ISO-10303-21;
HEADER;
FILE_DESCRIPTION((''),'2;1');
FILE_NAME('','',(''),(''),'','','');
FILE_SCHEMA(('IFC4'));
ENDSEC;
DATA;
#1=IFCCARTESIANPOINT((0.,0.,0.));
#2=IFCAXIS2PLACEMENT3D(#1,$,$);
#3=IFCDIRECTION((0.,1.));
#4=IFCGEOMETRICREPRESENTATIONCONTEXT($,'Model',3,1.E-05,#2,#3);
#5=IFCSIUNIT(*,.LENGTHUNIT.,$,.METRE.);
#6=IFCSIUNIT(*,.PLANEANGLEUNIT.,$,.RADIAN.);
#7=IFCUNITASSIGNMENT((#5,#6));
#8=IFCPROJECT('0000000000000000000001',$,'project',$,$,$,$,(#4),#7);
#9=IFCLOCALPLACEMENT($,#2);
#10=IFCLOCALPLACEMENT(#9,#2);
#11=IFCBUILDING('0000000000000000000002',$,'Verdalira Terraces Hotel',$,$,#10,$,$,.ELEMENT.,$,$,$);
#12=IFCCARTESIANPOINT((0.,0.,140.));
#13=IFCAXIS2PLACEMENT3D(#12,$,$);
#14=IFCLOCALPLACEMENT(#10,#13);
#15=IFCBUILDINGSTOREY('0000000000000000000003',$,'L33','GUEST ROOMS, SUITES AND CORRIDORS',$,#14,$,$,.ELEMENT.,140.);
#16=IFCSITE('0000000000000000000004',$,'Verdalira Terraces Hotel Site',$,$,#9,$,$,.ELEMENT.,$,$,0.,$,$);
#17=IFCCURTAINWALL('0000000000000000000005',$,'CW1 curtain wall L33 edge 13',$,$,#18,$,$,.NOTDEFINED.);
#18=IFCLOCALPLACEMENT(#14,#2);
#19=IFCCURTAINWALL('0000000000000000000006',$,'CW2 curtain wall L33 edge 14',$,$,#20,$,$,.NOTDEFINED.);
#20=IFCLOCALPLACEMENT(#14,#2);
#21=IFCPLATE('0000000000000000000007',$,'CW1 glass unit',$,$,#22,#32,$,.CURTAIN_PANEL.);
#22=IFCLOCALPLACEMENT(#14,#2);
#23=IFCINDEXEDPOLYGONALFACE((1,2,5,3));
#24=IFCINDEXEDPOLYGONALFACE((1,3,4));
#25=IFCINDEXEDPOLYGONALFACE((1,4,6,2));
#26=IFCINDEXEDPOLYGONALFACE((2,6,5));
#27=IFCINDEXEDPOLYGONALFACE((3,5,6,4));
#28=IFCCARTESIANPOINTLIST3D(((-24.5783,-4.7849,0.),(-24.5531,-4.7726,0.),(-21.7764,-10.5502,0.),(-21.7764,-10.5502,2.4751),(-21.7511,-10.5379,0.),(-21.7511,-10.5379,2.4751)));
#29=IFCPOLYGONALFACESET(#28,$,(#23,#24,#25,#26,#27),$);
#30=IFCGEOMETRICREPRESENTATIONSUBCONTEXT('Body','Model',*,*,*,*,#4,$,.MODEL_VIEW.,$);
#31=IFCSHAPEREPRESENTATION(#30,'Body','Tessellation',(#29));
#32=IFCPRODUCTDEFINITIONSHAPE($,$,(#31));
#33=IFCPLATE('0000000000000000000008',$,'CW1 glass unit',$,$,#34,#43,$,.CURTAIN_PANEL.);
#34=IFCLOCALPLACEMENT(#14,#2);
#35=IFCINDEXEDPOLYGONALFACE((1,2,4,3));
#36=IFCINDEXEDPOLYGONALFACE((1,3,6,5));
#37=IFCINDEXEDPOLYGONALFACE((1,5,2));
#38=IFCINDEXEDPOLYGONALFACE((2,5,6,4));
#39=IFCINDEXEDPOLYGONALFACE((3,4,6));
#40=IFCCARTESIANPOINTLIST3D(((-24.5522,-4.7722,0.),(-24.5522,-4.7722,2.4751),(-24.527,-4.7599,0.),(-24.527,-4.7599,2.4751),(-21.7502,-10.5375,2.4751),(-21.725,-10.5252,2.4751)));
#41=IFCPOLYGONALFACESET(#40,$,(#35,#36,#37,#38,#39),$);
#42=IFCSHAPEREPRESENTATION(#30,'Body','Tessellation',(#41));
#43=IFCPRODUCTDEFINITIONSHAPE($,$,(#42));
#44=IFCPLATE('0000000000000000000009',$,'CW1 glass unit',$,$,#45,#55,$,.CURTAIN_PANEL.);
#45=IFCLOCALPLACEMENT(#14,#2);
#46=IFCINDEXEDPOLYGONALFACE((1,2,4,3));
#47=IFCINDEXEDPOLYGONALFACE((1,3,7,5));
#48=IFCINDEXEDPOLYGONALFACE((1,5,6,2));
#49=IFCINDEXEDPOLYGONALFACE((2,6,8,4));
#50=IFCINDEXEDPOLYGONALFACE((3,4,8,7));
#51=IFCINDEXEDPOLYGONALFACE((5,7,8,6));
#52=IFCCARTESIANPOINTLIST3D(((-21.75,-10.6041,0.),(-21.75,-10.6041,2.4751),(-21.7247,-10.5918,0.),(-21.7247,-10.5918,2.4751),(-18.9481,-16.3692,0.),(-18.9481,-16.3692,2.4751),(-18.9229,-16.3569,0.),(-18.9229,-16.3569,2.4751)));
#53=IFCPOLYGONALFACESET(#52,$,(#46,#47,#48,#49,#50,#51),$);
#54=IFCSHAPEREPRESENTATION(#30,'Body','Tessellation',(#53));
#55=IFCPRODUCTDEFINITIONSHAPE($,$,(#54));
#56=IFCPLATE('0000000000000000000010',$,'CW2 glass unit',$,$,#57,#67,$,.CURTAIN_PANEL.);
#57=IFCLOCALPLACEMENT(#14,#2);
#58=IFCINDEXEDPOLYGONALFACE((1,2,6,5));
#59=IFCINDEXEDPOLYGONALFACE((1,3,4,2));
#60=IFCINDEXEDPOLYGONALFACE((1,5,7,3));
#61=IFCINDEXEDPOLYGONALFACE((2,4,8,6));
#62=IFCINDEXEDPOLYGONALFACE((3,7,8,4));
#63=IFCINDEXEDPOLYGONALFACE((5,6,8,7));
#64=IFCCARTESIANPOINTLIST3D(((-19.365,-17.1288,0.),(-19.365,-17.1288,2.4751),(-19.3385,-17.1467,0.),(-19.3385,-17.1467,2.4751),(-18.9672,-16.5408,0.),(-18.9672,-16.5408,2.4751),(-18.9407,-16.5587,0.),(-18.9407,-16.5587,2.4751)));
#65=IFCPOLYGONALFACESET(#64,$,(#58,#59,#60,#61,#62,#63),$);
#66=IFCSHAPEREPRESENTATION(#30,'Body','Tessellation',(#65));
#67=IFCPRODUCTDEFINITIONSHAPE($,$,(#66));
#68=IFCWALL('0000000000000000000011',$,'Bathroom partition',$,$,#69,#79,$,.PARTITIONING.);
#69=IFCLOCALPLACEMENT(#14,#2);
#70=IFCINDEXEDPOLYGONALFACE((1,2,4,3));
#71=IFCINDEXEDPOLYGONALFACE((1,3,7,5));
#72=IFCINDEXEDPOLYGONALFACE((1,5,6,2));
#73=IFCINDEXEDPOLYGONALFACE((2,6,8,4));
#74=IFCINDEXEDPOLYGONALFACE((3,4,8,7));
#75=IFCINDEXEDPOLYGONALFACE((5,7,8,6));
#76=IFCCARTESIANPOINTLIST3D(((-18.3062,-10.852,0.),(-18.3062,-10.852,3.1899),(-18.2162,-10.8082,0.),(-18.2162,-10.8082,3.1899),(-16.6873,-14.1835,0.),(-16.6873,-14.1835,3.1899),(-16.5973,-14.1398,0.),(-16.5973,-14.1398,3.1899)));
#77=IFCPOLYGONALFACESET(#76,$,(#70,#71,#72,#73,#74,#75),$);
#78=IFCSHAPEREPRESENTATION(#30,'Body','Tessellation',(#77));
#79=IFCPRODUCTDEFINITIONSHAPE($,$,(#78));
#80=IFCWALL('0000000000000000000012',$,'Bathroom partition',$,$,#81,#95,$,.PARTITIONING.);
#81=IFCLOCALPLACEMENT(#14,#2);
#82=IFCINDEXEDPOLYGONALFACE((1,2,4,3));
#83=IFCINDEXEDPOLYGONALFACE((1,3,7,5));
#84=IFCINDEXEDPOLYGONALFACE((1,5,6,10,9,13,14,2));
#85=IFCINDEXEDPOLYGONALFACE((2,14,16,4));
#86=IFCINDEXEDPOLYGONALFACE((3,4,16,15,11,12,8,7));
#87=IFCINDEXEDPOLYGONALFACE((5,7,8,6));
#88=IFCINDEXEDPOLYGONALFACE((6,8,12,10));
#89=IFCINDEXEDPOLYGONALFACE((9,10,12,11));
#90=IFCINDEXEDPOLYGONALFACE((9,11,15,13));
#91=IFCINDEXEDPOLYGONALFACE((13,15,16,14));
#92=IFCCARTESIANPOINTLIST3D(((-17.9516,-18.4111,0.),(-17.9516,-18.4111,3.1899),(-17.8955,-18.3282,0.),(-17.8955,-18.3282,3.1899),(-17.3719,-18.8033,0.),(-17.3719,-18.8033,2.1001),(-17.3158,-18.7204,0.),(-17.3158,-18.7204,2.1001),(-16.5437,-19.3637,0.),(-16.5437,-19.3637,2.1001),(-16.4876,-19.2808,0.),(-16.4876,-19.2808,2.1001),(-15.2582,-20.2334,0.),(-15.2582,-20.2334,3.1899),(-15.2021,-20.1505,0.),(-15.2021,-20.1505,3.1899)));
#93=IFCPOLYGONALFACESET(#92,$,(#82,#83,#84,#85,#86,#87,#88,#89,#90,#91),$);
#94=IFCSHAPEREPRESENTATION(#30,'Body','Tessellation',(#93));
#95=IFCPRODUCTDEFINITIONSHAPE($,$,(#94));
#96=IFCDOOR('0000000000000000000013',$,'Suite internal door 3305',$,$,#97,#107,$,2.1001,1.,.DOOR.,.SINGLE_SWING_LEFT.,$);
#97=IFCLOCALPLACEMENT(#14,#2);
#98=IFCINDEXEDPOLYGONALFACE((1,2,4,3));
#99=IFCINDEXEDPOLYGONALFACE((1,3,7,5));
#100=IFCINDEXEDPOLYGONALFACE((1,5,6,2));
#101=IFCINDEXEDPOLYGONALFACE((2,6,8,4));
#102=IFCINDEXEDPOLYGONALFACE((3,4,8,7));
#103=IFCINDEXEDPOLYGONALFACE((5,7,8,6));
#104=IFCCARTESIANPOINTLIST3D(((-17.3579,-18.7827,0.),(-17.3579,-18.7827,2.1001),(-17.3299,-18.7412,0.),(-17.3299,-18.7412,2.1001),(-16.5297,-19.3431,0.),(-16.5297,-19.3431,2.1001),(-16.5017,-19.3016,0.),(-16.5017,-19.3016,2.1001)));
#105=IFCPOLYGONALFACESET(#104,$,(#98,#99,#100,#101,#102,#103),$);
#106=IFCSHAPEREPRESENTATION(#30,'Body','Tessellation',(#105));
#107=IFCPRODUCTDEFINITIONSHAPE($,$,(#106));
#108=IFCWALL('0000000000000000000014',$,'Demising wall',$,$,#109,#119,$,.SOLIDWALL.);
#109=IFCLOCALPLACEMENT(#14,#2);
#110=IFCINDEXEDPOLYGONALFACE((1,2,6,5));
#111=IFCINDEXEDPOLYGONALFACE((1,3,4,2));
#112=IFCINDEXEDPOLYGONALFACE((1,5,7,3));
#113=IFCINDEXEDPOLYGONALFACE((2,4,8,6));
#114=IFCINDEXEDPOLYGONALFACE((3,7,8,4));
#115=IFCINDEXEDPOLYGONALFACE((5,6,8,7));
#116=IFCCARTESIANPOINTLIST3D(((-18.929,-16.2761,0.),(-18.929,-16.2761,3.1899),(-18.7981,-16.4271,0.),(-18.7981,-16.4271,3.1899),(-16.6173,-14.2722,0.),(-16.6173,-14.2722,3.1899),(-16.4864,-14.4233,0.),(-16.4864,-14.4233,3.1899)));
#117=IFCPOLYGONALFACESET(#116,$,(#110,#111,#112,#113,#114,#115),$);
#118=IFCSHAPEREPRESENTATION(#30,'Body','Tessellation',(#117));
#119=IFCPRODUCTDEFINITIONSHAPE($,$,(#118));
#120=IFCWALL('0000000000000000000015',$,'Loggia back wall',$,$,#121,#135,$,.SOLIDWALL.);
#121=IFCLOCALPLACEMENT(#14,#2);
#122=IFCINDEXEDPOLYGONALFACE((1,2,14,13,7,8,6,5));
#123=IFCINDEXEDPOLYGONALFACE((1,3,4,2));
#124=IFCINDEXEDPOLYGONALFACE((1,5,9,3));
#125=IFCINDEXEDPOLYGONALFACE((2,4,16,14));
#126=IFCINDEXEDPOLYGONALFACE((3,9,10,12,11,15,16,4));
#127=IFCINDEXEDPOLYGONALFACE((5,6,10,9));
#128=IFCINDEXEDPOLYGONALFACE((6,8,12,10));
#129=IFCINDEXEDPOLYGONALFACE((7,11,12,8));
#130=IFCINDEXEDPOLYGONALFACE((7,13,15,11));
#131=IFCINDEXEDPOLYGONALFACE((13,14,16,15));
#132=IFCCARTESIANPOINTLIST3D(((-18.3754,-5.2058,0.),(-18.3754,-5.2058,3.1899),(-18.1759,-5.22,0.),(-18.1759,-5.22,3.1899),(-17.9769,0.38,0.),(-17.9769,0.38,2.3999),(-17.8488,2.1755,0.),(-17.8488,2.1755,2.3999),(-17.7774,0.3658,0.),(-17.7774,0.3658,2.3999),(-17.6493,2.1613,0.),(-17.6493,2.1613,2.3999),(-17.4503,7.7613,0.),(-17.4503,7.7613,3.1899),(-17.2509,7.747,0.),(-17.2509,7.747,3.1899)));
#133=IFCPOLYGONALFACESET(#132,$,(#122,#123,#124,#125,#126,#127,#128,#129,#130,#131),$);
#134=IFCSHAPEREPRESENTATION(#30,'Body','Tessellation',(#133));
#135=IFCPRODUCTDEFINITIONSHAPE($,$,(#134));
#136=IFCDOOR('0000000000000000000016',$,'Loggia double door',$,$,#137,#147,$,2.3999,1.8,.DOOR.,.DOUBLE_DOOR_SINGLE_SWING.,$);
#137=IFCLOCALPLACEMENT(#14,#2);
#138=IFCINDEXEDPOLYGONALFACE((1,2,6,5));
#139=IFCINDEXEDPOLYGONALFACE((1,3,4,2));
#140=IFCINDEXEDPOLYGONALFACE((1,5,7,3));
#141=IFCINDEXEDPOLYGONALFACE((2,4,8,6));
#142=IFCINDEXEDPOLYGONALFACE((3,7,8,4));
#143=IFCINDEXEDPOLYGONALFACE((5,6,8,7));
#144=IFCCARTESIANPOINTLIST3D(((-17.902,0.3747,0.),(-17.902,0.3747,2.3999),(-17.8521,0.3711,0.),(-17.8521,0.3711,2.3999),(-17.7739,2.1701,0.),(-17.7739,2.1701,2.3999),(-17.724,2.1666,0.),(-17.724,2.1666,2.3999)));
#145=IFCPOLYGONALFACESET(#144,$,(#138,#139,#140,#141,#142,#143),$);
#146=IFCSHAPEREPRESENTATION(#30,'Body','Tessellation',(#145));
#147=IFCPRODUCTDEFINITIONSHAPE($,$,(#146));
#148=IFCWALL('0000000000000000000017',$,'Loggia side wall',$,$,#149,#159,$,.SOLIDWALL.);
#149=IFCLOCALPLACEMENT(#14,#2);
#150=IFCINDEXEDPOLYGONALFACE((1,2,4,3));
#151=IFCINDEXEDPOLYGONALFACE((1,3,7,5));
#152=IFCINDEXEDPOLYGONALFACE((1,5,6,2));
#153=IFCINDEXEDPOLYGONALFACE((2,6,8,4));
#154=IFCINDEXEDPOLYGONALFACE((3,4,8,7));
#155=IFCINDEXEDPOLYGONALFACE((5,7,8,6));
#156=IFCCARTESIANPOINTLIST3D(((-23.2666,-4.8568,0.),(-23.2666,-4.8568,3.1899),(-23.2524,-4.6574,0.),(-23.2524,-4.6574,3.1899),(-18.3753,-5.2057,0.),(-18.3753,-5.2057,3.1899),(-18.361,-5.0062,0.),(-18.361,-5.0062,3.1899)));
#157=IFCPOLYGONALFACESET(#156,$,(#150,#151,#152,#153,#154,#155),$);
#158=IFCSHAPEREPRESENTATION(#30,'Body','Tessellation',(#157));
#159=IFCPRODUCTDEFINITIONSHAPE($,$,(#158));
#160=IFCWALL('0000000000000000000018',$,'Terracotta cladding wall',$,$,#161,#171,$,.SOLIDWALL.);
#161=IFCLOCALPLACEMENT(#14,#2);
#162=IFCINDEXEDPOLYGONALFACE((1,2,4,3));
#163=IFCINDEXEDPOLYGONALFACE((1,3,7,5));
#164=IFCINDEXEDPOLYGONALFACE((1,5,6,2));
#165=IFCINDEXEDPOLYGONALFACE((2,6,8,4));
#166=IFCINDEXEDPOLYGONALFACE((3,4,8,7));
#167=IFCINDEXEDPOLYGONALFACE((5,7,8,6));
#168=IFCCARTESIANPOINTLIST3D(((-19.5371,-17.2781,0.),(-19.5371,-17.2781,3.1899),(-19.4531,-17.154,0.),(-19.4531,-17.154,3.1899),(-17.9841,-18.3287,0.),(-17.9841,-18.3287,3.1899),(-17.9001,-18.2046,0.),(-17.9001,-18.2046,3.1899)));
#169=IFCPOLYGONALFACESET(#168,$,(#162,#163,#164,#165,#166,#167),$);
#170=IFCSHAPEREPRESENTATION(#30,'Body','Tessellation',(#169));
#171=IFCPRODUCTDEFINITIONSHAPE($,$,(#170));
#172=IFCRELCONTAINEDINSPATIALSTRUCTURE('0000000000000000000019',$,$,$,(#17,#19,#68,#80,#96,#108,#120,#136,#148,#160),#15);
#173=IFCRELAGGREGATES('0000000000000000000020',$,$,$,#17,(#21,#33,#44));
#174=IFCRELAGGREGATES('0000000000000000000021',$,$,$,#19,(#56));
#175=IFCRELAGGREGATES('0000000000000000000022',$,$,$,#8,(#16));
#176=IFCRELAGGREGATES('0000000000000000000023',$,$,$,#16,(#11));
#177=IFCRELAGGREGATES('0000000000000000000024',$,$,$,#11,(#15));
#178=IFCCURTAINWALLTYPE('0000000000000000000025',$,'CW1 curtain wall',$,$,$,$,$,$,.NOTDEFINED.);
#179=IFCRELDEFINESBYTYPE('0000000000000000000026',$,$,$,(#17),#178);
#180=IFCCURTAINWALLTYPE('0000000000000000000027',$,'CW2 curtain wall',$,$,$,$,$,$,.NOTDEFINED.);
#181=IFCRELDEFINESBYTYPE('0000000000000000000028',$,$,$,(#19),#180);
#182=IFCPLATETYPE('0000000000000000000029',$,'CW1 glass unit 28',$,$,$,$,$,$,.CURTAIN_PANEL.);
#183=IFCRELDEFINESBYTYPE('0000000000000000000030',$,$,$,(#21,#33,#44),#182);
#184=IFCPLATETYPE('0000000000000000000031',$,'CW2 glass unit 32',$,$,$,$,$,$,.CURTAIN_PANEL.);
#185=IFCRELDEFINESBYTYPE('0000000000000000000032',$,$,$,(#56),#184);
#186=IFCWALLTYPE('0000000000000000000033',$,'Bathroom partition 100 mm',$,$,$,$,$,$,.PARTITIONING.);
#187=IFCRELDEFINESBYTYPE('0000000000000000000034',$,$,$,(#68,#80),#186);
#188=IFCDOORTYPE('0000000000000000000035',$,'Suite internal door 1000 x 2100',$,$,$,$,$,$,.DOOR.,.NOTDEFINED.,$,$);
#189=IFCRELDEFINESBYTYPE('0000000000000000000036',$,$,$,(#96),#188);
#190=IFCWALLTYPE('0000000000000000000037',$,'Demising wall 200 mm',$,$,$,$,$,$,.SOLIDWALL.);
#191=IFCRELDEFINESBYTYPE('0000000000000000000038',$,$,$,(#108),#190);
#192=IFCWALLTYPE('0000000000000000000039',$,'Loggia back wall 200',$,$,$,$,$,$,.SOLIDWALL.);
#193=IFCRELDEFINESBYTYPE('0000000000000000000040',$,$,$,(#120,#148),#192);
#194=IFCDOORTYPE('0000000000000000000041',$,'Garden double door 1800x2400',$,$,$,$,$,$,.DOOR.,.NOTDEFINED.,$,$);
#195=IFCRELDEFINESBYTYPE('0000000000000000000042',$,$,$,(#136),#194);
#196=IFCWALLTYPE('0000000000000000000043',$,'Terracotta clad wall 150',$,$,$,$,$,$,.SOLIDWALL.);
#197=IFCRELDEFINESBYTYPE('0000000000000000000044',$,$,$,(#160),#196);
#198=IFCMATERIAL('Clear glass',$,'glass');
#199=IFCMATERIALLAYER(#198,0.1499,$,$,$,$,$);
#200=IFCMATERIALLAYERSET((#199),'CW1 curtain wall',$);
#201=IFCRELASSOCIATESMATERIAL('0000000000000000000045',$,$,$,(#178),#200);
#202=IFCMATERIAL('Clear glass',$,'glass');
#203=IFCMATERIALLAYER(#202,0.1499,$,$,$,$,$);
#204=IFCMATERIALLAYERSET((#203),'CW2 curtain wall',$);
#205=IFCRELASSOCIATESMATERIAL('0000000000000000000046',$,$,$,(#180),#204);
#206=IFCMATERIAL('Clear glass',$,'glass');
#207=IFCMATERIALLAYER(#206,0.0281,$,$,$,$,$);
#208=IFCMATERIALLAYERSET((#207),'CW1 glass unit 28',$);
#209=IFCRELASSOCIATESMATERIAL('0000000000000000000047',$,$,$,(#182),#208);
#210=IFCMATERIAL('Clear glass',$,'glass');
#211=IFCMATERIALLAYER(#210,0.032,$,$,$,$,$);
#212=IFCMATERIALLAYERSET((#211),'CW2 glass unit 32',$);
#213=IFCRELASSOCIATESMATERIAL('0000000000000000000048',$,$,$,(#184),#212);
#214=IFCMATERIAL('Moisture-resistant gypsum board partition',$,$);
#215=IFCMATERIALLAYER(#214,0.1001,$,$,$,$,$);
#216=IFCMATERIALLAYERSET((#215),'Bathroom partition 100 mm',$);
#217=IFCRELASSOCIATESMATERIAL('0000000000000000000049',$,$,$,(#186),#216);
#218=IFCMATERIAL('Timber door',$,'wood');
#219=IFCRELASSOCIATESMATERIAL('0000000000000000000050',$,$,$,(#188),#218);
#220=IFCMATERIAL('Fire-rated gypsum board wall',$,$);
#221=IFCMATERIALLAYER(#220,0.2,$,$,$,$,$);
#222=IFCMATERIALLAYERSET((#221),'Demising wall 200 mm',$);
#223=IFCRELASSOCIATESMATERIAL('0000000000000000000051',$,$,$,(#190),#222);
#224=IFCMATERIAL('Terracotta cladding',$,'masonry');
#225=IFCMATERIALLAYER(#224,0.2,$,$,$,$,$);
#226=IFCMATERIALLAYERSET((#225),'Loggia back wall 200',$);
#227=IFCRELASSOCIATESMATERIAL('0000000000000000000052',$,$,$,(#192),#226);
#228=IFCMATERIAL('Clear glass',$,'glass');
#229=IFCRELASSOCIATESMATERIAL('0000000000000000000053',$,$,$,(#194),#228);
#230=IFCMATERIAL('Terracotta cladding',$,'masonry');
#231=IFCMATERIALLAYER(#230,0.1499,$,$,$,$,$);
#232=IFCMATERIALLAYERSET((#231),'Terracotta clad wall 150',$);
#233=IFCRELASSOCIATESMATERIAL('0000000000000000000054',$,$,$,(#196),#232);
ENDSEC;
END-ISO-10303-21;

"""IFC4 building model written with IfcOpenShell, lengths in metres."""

from ifc_helpers import new_model, si_unit, direction, frame, frame_2d, origin, origin_2d, place, context, subcontext, project, spatial, polyline, rectangle, outline, extrude, material, layer, layer_set, type_object, element, fill, aggregate, save


model = new_model("IFC4")

# Units and contexts
model_context = context("Model", 3, precision=1e-05, world=origin(), true_north=direction((0.0, 1.0)))
body_context = subcontext(model_context, "Body", "Model", "MODEL_VIEW")
ifc_project = project(units=[si_unit("LENGTHUNIT", "METRE"), si_unit("PLANEANGLEUNIT", "RADIAN")], contexts=[model_context])

# Site, building, storey
site_placement = place(None, origin())
site = spatial("IfcSite", under=ifc_project, at=site_placement, Name="Verdalira Terraces Hotel Site", CompositionType="ELEMENT", RefElevation=0.0)
building_placement = place(site_placement, origin())
building = spatial("IfcBuilding", under=site, at=building_placement, Name="Verdalira Terraces Hotel", CompositionType="ELEMENT")
storey_placement = place(building_placement, frame((0.0, 0.0, 140.0)))
storey = spatial("IfcBuildingStorey", under=building, at=storey_placement, Name="L33", Description="GUEST ROOMS, SUITES AND CORRIDORS", CompositionType="ELEMENT", Elevation=140.0)

# Curtain walls
ifc_material_1 = material(Name="Clear glass", Category="glass")
ifc_layer_1 = layer(ifc_material_1, 0.1499)
ifc_layer_set_1 = layer_set([ifc_layer_1], Name="CW1 curtain wall")
curtain_wall_type_1 = type_object("IfcCurtainWallType", Name="CW1 curtain wall", PredefinedType="NOTDEFINED", material=ifc_layer_set_1)
curtain_wall_1_placement = place(storey_placement, origin())
curtain_wall_1 = element("IfcCurtainWall", 1, at=curtain_wall_1_placement, inside=storey, type_object=curtain_wall_type_1, Name="CW1 curtain wall L33 edge 13", PredefinedType="NOTDEFINED")
ifc_material_2 = material(Name="Clear glass", Category="glass")
ifc_layer_2 = layer(ifc_material_2, 0.1499)
ifc_layer_set_2 = layer_set([ifc_layer_2], Name="CW2 curtain wall")
curtain_wall_type_2 = type_object("IfcCurtainWallType", Name="CW2 curtain wall", PredefinedType="NOTDEFINED", material=ifc_layer_set_2)
curtain_wall_2_placement = place(storey_placement, origin())
curtain_wall_2 = element("IfcCurtainWall", 2, at=curtain_wall_2_placement, inside=storey, type_object=curtain_wall_type_2, Name="CW2 curtain wall L33 edge 14", PredefinedType="NOTDEFINED")

# Plates
ifc_material_3 = material(Name="Clear glass", Category="glass")
ifc_layer_3 = layer(ifc_material_3, 0.0281)
ifc_layer_set_3 = layer_set([ifc_layer_3], Name="CW1 glass unit 28")
plate_type_1 = type_object("IfcPlateType", Name="CW1 glass unit 28", PredefinedType="CURTAIN_PANEL", material=ifc_layer_set_3)
plate_1_placement = place(storey_placement, frame((-23.1521, -7.6553, 1.2375), z_axis=(-0.899405, -0.437116, 0.0), x_axis=(0.437116, -0.899405, 0.0)))
plate_1 = element("IfcPlate", 3, at=plate_1_placement, type_object=plate_type_1, Name="CW1 glass unit", PredefinedType="CURTAIN_PANEL", context=body_context, shape_type="SweptSolid", body=[
    extrude(outline(polyline([(-3.2051, -1.2375), (3.2051, -1.2375), (3.2051, 1.2375), (-3.2051, -1.2375)])), origin(), (0.0, 0.0, 1.0), 0.0281),
])
plate_2_placement = place(storey_placement, frame((-23.126, -7.6426, 1.2375), z_axis=(-0.899405, -0.437116, 0.0), x_axis=(0.437116, -0.899405, 0.0)))
plate_2 = element("IfcPlate", 4, at=plate_2_placement, type_object=plate_type_1, Name="CW1 glass unit", PredefinedType="CURTAIN_PANEL", context=body_context, shape_type="SweptSolid", body=[
    extrude(outline(polyline([(-3.2051, -1.2375), (3.2051, 1.2375), (-3.2051, 1.2375), (-3.2051, -1.2375)])), origin(), (0.0, 0.0, 1.0), 0.0281),
])
plate_3_placement = place(storey_placement, frame((-20.3364, -13.4805, 0.0), z_axis=(0.0, 0.0, 1.0), x_axis=(0.437116, -0.899405, 0.0)))
plate_3 = element("IfcPlate", 5, at=plate_3_placement, type_object=plate_type_1, Name="CW1 glass unit", PredefinedType="CURTAIN_PANEL", context=body_context, shape_type="SweptSolid", body=[
    extrude(rectangle(XDim=6.4099, YDim=0.0281, at=origin_2d()), origin(), (0.0, 0.0, 1.0), 2.4751),
])
aggregate(curtain_wall_1, [plate_1, plate_2, plate_3])
ifc_material_4 = material(Name="Clear glass", Category="glass")
ifc_layer_4 = layer(ifc_material_4, 0.032)
ifc_layer_set_4 = layer_set([ifc_layer_4], Name="CW2 glass unit 32")
plate_type_2 = type_object("IfcPlateType", Name="CW2 glass unit 32", PredefinedType="CURTAIN_PANEL", material=ifc_layer_set_4)
plate_4_placement = place(storey_placement, frame((-19.1528, -16.8438, 0.0), z_axis=(0.0, 0.0, 1.0), x_axis=(-0.56035, -0.828256, 0.0)))
plate_4 = element("IfcPlate", 6, at=plate_4_placement, type_object=plate_type_2, Name="CW2 glass unit", PredefinedType="CURTAIN_PANEL", context=body_context, shape_type="SweptSolid", body=[
    extrude(rectangle(XDim=0.71, YDim=0.032, at=origin_2d()), origin(), (0.0, 0.0, 1.0), 2.4751),
])
aggregate(curtain_wall_2, [plate_4])

# Wall
ifc_material_5 = material(Name="Moisture-resistant gypsum board partition")
ifc_layer_5 = layer(ifc_material_5, 0.1001)
ifc_layer_set_5 = layer_set([ifc_layer_5], Name="Bathroom partition 100 mm")
wall_type_1 = type_object("IfcWallType", Name="Bathroom partition 100 mm", PredefinedType="PARTITIONING", material=ifc_layer_set_5)
wall_1_placement = place(storey_placement, frame((-18.2612, -10.8301, 0.0), z_axis=(0.0, 0.0, 1.0), x_axis=(0.437061, -0.899432, 0.0)))
element("IfcWall", 7, at=wall_1_placement, inside=storey, type_object=wall_type_1, Name="Bathroom partition", PredefinedType="PARTITIONING", context=body_context, shape_type="SweptSolid", body=[
    extrude(rectangle(XDim=3.7041, YDim=0.1001, at=frame_2d((1.8521, 0.0))), origin(), (0.0, 0.0, 1.0), 3.1899),
])

# Wall, opening, door
wall_2_placement = place(storey_placement, frame((-17.9236, -18.3696, 0.0), z_axis=(0.0, 0.0, 1.0), x_axis=(0.828242, -0.56037, 0.0)))
wall_2 = element("IfcWall", 8, at=wall_2_placement, inside=storey, type_object=wall_type_1, Name="Bathroom partition", PredefinedType="PARTITIONING", context=body_context, shape_type="SweptSolid", body=[
    extrude(rectangle(XDim=3.252, YDim=0.1001, at=frame_2d((1.626, 0.0))), origin(), (0.0, 0.0, 1.0), 3.1899),
])
opening_1_placement = place(wall_2_placement, frame((0.7, 0.0, 0.0)))
opening_1 = element("IfcOpeningElement", 9, at=opening_1_placement, cuts=wall_2, PredefinedType="OPENING", context=body_context, shape_type="SweptSolid", body=[
    extrude(rectangle(XDim=1.0, YDim=2.1001, at=frame_2d((0.5, 1.05))), frame((0.0, 0.0601, 0.0), z_axis=(0.0, -1.0, 0.0), x_axis=(1.0, 0.0, 0.0)), (0.0, 0.0, 1.0), 0.1201),
])
ifc_material_6 = material(Name="Timber door", Category="wood")
door_type_1 = type_object("IfcDoorType", Name="Suite internal door 1000 x 2100", OperationType="NOTDEFINED", PredefinedType="DOOR", material=ifc_material_6)
door_1_placement = place(opening_1_placement, origin())
door_1 = element("IfcDoor", 10, at=door_1_placement, inside=storey, type_object=door_type_1, Name="Suite internal door 3305", OperationType="SINGLE_SWING_LEFT", OverallHeight=2.1001, OverallWidth=1.0, PredefinedType="DOOR", context=body_context, shape_type="SweptSolid", body=[
    extrude(rectangle(XDim=1.0, YDim=2.1001, at=frame_2d((0.5, 1.05))), frame((0.0, 0.0249, 0.0), z_axis=(0.0, -1.0, 0.0), x_axis=(1.0, 0.0, 0.0)), (0.0, 0.0, 1.0), 0.05),
])
fill(opening_1, door_1)

# Wall
ifc_material_7 = material(Name="Fire-rated gypsum board wall")
ifc_layer_6 = layer(ifc_material_7, 0.2)
ifc_layer_set_6 = layer_set([ifc_layer_6], Name="Demising wall 200 mm")
wall_type_2 = type_object("IfcWallType", Name="Demising wall 200 mm", PredefinedType="SOLIDWALL", material=ifc_layer_set_6)
wall_3_placement = place(storey_placement, frame((-16.5518, -14.3477, 0.0), z_axis=(0.0, 0.0, 1.0), x_axis=(-0.755629, -0.655, 0.0)))
element("IfcWall", 11, at=wall_3_placement, inside=storey, type_object=wall_type_2, Name="Demising wall", PredefinedType="SOLIDWALL", context=body_context, shape_type="SweptSolid", body=[
    extrude(rectangle(XDim=3.0593, YDim=0.2, at=frame_2d((1.5298, 0.0))), origin(), (0.0, 0.0, 1.0), 3.1899),
])

# Wall, opening, door
ifc_material_8 = material(Name="Terracotta cladding", Category="masonry")
ifc_layer_7 = layer(ifc_material_8, 0.2)
ifc_layer_set_7 = layer_set([ifc_layer_7], Name="Loggia back wall 200")
wall_type_3 = type_object("IfcWallType", Name="Loggia back wall 200", PredefinedType="SOLIDWALL", material=ifc_layer_set_7)
wall_4_placement = place(storey_placement, frame((-18.2756, -5.2129, 0.0), z_axis=(0.0, 0.0, 1.0), x_axis=(0.071158, 0.997465, 0.0)))
wall_4 = element("IfcWall", 12, at=wall_4_placement, inside=storey, type_object=wall_type_3, Name="Loggia back wall", PredefinedType="SOLIDWALL", context=body_context, shape_type="SweptSolid", body=[
    extrude(rectangle(XDim=13.0, YDim=0.2, at=frame_2d((6.5, 0.0))), origin(), (0.0, 0.0, 1.0), 3.1899),
])
opening_2_placement = place(wall_4_placement, frame((5.6001, 0.0, 0.0)))
opening_2 = element("IfcOpeningElement", 13, at=opening_2_placement, cuts=wall_4, PredefinedType="OPENING", context=body_context, shape_type="SweptSolid", body=[
    extrude(rectangle(XDim=1.8, YDim=2.3999, at=frame_2d((0.8999, 1.2))), frame((0.0, 0.1099, 0.0), z_axis=(0.0, -1.0, 0.0), x_axis=(1.0, 0.0, 0.0)), (0.0, 0.0, 1.0), 0.22),
])
ifc_material_9 = material(Name="Clear glass", Category="glass")
door_type_2 = type_object("IfcDoorType", Name="Garden double door 1800x2400", OperationType="NOTDEFINED", PredefinedType="DOOR", material=ifc_material_9)
door_2_placement = place(opening_2_placement, origin())
door_2 = element("IfcDoor", 14, at=door_2_placement, inside=storey, type_object=door_type_2, Name="Loggia double door", OperationType="DOUBLE_DOOR_SINGLE_SWING", OverallHeight=2.3999, OverallWidth=1.8, PredefinedType="DOOR", context=body_context, shape_type="SweptSolid", body=[
    extrude(rectangle(XDim=1.8, YDim=2.3999, at=frame_2d((0.8999, 1.2))), frame((0.0, 0.0249, 0.0), z_axis=(0.0, -1.0, 0.0), x_axis=(1.0, 0.0, 0.0)), (0.0, 0.0, 1.0), 0.05),
])
fill(opening_2, door_2)

# Walls
wall_5_placement = place(storey_placement, frame((-23.2595, -4.7571, 0.0), z_axis=(0.0, 0.0, 1.0), x_axis=(0.997466, -0.071144, 0.0)))
element("IfcWall", 15, at=wall_5_placement, inside=storey, type_object=wall_type_3, Name="Loggia side wall", PredefinedType="SOLIDWALL", context=body_context, shape_type="SweptSolid", body=[
    extrude(rectangle(XDim=4.9038, YDim=0.2, at=frame_2d((2.4519, 0.0))), origin(), (0.0, 0.0, 1.0), 3.1899),
])
ifc_material_10 = material(Name="Terracotta cladding", Category="masonry")
ifc_layer_8 = layer(ifc_material_10, 0.1499)
ifc_layer_set_8 = layer_set([ifc_layer_8], Name="Terracotta clad wall 150")
wall_type_4 = type_object("IfcWallType", Name="Terracotta clad wall 150", PredefinedType="SOLIDWALL", material=ifc_layer_set_8)
wall_6_placement = place(storey_placement, frame((-19.4951, -17.2161, 0.0), z_axis=(0.0, 0.0, 1.0), x_axis=(0.828285, -0.560307, 0.0)))
element("IfcWall", 16, at=wall_6_placement, inside=storey, type_object=wall_type_4, Name="Terracotta cladding wall", PredefinedType="SOLIDWALL", context=body_context, shape_type="SweptSolid", body=[
    extrude(rectangle(XDim=1.875, YDim=0.1499, at=frame_2d((0.9375, 0.0))), origin(), (0.0, 0.0, 1.0), 3.1899),
])

save(model, "model.ifc")
